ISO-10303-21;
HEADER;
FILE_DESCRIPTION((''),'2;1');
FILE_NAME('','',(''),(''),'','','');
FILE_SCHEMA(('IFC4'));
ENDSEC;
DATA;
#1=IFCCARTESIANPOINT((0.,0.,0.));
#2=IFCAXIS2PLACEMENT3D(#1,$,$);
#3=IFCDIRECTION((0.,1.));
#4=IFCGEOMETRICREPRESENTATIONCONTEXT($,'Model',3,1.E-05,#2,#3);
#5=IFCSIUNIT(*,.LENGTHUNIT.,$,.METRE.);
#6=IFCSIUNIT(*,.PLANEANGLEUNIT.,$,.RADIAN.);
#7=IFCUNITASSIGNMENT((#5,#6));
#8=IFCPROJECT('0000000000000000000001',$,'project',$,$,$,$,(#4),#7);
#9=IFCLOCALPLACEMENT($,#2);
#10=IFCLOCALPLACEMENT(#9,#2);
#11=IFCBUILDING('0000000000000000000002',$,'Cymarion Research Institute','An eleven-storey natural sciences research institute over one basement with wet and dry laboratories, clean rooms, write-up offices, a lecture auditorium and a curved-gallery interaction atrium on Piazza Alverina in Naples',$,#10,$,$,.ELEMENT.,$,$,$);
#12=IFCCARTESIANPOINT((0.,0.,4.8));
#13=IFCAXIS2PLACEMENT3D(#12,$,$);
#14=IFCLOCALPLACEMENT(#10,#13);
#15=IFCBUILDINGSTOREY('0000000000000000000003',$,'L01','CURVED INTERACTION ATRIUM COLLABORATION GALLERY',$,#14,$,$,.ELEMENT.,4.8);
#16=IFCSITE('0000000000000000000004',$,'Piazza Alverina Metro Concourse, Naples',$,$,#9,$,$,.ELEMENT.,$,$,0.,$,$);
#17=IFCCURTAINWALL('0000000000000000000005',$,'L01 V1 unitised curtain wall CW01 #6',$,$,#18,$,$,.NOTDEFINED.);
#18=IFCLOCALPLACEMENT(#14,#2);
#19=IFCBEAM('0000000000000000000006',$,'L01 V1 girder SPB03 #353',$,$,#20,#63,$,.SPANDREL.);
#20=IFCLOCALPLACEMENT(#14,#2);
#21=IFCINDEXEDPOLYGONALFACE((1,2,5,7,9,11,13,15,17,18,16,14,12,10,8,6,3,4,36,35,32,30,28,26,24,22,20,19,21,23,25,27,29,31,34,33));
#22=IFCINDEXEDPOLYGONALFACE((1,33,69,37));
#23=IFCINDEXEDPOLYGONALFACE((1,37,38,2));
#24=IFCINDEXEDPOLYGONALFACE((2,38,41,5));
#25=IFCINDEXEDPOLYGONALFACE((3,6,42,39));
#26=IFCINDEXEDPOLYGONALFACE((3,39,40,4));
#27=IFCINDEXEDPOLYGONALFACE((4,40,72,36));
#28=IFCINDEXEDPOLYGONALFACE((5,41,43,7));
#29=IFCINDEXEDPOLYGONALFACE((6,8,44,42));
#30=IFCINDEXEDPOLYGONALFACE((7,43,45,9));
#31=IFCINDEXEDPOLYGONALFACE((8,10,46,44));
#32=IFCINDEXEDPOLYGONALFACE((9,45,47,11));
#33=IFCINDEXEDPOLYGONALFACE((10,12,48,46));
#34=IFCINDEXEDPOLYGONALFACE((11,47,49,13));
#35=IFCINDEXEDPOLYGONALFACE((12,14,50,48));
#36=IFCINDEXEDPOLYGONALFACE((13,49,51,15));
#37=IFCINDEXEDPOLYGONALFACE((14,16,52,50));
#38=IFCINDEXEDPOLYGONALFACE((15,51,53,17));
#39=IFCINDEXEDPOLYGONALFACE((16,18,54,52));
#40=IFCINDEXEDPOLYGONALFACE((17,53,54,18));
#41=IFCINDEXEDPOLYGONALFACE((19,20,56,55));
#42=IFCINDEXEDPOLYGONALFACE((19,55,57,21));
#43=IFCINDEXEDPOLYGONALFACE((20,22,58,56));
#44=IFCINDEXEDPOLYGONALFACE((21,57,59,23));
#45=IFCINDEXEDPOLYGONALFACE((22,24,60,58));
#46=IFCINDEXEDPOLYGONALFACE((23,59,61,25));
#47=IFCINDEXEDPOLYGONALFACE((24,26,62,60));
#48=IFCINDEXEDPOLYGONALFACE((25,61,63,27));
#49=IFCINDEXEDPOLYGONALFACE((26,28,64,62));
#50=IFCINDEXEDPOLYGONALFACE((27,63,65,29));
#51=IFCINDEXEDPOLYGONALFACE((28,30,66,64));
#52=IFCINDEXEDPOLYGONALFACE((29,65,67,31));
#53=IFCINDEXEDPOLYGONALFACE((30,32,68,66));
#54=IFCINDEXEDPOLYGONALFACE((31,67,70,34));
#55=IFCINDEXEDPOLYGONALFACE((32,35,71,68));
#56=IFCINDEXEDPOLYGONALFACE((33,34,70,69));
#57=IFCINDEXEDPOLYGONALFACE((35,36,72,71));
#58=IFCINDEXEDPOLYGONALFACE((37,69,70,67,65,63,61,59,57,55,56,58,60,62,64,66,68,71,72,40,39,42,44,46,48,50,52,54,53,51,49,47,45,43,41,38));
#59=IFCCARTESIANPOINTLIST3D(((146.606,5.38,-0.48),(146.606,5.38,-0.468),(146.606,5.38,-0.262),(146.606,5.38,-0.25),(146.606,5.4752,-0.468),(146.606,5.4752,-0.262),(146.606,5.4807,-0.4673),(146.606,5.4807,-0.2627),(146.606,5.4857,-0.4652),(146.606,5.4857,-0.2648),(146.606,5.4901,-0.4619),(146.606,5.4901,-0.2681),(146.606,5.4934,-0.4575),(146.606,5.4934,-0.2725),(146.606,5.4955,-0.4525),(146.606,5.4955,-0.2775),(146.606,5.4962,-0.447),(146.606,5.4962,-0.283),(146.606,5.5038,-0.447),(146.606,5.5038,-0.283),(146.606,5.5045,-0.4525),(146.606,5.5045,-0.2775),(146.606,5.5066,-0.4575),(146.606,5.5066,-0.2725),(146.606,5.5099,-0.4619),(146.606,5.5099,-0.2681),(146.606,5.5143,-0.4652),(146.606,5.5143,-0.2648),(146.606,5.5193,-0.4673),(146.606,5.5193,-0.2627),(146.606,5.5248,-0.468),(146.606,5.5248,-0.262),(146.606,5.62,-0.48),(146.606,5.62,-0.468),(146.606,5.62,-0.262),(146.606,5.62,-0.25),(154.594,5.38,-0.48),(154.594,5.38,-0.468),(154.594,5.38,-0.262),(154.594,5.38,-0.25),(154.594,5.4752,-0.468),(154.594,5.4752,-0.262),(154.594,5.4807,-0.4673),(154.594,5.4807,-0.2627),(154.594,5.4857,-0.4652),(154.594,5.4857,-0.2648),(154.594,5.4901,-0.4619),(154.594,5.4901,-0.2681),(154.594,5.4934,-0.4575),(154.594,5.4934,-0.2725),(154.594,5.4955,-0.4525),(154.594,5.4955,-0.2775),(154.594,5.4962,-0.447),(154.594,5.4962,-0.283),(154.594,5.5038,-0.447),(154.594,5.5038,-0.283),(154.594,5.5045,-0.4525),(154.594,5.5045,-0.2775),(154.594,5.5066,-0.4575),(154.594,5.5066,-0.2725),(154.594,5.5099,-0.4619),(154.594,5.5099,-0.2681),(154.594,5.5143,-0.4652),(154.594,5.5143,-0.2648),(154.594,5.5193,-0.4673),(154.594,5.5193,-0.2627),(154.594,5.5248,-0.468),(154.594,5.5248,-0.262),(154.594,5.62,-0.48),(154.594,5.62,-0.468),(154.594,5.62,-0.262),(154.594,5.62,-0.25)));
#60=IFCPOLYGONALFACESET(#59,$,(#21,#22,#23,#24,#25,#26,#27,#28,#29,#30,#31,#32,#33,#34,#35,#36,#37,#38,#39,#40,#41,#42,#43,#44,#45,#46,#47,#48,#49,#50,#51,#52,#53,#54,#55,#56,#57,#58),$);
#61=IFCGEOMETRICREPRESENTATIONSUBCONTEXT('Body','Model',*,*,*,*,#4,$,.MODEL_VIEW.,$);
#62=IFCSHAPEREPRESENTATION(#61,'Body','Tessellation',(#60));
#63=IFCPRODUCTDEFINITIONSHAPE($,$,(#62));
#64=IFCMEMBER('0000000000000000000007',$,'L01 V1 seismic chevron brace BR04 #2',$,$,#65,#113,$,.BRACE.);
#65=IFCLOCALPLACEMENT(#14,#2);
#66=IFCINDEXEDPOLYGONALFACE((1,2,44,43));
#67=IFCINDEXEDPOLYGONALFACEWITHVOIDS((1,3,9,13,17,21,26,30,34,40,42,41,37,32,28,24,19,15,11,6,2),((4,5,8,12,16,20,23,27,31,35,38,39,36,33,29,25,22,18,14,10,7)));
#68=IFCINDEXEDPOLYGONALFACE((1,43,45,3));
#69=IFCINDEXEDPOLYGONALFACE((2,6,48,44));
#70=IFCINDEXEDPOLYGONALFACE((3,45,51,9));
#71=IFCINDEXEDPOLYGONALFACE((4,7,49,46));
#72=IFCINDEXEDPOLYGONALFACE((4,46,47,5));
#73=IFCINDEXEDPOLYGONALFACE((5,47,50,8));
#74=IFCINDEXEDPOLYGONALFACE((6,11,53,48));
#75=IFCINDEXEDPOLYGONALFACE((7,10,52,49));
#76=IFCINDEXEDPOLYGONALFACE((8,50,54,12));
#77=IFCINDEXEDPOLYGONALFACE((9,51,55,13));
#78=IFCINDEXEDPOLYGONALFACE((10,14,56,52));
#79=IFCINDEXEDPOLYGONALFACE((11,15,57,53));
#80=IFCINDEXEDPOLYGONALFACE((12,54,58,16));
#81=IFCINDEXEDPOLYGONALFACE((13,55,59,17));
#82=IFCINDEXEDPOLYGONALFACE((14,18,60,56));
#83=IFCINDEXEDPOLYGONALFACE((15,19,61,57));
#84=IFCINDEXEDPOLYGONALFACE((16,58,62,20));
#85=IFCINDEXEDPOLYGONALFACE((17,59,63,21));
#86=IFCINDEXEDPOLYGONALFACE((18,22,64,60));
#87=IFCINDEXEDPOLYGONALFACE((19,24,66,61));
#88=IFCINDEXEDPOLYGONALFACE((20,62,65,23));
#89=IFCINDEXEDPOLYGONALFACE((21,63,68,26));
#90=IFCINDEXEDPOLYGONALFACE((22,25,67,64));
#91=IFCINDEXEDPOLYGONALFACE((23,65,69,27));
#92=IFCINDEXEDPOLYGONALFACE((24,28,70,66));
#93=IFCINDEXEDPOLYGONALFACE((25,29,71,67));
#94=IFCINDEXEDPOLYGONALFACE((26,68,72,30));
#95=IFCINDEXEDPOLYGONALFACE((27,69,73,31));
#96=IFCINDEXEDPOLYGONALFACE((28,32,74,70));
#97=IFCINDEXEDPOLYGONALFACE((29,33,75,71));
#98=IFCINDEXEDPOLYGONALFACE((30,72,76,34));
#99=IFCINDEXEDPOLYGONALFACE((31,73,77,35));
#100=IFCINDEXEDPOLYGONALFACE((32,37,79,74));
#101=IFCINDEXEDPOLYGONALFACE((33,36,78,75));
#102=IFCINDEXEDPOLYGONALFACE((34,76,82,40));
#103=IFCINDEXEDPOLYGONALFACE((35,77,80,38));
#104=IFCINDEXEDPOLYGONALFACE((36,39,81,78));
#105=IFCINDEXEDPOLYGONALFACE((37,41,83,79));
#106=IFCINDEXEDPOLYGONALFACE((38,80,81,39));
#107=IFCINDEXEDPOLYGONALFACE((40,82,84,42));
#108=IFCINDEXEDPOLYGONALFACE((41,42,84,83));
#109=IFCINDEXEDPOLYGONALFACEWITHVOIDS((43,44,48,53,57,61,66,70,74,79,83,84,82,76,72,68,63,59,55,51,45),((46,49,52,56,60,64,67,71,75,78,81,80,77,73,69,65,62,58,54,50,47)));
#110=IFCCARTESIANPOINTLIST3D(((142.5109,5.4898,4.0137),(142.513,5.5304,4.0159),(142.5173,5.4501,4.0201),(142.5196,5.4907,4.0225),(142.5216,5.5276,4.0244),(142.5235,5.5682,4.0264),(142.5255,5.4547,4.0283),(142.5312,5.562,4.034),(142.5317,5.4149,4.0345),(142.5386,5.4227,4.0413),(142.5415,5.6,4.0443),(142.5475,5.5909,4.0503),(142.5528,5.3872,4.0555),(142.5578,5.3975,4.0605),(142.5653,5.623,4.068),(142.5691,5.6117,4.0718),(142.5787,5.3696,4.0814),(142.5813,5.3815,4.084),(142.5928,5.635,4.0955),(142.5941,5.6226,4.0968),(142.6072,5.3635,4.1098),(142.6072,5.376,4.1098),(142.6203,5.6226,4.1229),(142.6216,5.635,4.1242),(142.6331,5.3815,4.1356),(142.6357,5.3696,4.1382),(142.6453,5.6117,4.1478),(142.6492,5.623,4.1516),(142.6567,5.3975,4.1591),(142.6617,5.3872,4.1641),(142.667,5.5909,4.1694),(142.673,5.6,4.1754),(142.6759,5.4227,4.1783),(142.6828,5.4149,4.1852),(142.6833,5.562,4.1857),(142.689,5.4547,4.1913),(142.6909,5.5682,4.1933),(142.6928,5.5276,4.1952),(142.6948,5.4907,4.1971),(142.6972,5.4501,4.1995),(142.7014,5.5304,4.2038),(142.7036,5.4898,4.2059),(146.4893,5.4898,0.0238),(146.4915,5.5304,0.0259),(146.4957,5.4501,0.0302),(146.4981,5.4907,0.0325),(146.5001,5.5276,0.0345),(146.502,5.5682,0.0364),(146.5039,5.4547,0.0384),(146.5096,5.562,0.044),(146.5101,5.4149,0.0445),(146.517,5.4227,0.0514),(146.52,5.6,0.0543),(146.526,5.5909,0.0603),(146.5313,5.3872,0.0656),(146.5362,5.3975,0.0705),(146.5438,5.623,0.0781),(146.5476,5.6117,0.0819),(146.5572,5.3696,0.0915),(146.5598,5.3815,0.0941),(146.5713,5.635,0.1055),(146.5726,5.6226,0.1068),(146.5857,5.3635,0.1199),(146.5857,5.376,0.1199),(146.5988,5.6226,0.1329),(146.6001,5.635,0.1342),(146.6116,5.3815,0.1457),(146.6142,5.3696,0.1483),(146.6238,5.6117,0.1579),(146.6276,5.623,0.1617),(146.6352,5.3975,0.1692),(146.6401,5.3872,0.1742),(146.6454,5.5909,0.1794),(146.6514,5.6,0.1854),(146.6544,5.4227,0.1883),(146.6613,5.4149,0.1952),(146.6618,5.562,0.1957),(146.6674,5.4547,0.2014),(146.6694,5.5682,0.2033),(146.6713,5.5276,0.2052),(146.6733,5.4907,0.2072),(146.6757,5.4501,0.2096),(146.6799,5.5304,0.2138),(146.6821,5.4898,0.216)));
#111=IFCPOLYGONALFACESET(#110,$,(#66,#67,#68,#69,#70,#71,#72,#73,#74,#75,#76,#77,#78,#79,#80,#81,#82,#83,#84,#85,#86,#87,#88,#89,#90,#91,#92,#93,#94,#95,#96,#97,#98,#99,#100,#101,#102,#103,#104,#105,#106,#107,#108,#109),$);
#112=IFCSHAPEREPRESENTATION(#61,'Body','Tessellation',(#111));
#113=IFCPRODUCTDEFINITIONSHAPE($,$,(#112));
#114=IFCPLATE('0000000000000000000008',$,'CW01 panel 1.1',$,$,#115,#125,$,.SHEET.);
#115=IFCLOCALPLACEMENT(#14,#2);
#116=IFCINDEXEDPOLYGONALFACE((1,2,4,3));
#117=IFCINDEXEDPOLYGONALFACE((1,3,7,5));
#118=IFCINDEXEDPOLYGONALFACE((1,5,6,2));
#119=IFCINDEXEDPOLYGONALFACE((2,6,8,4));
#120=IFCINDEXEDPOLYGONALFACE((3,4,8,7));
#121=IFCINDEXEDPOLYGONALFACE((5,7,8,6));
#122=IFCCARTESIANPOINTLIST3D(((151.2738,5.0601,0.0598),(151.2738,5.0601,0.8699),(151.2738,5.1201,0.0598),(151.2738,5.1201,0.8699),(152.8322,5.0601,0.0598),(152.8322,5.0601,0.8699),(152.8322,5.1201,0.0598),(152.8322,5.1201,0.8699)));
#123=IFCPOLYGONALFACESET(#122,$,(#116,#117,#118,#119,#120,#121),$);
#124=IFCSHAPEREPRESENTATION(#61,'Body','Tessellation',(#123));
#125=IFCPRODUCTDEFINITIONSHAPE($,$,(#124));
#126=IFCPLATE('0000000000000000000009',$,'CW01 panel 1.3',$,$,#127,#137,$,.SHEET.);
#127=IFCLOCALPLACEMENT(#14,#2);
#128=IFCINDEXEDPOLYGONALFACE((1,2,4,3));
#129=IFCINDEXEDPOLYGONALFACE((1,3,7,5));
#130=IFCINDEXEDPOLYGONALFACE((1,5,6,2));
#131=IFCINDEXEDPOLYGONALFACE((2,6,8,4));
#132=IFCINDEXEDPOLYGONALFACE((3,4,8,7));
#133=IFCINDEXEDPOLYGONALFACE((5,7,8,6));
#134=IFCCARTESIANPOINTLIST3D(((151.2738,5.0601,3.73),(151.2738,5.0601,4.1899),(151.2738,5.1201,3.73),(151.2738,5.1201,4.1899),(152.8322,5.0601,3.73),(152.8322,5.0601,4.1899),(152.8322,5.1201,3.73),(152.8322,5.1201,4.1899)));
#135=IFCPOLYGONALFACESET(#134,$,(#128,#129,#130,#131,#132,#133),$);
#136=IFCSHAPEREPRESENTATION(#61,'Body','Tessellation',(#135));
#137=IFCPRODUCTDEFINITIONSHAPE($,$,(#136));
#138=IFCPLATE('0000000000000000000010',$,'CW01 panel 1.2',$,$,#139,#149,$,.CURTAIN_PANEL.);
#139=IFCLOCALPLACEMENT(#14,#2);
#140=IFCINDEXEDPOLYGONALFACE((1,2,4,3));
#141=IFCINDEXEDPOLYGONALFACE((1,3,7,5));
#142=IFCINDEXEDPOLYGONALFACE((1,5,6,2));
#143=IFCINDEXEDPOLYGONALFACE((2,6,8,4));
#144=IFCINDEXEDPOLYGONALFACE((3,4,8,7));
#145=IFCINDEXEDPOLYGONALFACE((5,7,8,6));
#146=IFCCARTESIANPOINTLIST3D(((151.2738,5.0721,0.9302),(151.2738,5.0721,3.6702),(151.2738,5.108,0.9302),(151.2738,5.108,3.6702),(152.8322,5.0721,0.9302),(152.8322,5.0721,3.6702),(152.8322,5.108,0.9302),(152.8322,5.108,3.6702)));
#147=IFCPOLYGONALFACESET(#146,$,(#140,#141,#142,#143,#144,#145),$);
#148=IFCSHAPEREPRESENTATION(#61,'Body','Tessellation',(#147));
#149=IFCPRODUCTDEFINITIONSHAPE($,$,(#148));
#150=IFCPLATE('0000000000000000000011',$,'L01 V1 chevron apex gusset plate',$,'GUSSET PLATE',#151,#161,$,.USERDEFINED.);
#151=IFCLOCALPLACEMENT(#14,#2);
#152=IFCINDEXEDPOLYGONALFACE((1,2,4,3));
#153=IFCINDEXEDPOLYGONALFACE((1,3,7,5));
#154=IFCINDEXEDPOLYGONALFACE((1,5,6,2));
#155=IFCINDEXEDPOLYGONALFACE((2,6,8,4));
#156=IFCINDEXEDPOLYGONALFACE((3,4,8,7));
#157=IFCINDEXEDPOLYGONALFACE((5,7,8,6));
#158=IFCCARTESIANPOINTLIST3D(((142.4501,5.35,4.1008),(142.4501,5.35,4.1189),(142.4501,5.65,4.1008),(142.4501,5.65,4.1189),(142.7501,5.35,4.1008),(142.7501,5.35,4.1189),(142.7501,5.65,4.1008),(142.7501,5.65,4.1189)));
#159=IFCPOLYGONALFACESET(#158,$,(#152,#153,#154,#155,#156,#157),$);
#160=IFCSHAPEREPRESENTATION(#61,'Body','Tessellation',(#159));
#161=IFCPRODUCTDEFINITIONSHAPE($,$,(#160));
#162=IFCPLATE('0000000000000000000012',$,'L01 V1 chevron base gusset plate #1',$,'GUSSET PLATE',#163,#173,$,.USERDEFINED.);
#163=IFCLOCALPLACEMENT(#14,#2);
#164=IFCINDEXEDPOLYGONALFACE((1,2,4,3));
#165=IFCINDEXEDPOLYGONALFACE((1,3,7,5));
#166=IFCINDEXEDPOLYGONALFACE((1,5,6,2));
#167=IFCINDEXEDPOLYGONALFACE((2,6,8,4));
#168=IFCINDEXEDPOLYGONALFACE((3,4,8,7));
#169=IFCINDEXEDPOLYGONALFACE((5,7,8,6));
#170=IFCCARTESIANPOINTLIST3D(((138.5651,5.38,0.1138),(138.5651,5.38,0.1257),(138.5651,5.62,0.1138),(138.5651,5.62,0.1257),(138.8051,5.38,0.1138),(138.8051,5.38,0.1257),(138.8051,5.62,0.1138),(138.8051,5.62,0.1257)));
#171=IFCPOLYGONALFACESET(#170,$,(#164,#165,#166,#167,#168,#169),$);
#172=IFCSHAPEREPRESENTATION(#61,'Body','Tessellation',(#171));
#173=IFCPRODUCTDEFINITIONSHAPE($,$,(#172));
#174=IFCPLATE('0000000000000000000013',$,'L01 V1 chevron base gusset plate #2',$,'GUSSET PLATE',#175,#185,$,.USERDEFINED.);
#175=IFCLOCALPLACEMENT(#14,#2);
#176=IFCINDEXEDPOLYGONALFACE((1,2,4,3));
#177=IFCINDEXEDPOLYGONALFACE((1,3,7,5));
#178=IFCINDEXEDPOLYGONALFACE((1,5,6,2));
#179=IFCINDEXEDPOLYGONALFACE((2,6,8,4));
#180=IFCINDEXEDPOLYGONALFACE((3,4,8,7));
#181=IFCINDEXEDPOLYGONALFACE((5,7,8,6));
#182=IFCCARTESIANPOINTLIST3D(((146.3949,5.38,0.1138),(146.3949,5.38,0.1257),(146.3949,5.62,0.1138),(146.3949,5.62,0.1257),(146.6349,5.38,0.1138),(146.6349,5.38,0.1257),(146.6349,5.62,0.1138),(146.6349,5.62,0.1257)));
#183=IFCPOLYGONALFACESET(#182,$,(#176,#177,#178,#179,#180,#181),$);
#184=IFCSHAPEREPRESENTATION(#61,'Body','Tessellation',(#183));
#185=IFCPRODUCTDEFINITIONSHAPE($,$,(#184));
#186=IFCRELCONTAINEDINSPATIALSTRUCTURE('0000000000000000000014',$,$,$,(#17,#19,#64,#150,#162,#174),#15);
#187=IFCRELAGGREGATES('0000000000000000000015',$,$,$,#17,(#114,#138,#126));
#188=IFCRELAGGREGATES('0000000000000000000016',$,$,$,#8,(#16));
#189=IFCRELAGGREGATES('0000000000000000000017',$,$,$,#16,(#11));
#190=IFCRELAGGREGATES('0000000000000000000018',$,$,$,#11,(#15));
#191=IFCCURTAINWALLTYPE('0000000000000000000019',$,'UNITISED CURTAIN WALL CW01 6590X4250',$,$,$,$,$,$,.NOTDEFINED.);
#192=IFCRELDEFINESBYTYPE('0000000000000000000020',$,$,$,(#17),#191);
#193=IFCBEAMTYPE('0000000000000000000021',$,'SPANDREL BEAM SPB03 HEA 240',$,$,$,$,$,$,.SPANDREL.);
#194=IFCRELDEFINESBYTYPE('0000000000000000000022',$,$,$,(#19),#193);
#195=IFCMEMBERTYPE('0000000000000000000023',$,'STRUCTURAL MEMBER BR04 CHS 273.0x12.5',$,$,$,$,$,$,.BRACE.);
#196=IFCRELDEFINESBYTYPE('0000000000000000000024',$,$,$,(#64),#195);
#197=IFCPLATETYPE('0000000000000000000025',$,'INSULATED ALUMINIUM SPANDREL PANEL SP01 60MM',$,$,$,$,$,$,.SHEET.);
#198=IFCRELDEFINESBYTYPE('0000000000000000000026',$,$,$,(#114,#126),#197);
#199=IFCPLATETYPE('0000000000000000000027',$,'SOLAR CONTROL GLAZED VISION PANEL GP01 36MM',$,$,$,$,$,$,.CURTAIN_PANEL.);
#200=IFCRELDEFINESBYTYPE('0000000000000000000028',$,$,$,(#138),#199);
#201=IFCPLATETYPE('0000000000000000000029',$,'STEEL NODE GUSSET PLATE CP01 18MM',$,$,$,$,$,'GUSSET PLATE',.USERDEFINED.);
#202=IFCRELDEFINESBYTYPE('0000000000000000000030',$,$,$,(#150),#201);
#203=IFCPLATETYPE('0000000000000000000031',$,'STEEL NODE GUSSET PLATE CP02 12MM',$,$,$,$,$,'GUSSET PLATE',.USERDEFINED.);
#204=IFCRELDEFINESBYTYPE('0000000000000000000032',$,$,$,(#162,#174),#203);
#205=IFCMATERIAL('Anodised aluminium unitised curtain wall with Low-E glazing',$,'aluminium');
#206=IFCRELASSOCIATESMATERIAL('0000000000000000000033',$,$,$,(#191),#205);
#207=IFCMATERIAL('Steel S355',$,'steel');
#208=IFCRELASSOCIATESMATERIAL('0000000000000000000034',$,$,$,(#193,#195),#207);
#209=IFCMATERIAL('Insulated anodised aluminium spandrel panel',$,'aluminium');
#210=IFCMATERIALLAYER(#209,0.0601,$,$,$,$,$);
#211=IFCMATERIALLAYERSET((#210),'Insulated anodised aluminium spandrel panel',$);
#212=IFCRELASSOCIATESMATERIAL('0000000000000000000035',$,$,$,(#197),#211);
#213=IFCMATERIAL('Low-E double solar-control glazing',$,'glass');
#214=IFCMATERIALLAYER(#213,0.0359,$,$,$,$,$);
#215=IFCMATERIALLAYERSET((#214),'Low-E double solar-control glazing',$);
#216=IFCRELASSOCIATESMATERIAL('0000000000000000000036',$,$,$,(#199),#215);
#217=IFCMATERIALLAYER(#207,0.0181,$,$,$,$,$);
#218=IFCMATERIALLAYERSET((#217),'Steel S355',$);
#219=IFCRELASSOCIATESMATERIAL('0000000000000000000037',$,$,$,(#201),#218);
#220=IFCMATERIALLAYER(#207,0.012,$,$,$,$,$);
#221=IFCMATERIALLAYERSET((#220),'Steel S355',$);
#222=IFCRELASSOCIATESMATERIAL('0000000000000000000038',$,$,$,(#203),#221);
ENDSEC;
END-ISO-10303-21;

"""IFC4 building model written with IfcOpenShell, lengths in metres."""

from ifc_helpers import new_model, si_unit, direction, frame, origin, origin_2d, place, context, subcontext, project, spatial, rectangle, hollow_circle, i_section, extrude, material, layer, layer_set, material_profile, profile_set, type_object, element, aggregate, save


model = new_model("IFC4")

# Units and contexts
model_context = context("Model", 3, precision=1e-05, world=origin(), true_north=direction((0.0, 1.0)))
body_context = subcontext(model_context, "Body", "Model", "MODEL_VIEW")
ifc_project = project(units=[si_unit("LENGTHUNIT", "METRE"), si_unit("PLANEANGLEUNIT", "RADIAN")], contexts=[model_context])

# Site, building, storey
site_placement = place(None, origin())
site = spatial("IfcSite", under=ifc_project, at=site_placement, Name="Piazza Alverina Metro Concourse, Naples", CompositionType="ELEMENT", RefElevation=0.0)
building_placement = place(site_placement, origin())
building = spatial("IfcBuilding", under=site, at=building_placement, Name="Cymarion Research Institute", Description="An eleven-storey natural sciences research institute over one basement with wet and dry laboratories, clean rooms, write-up offices, a lecture auditorium and a curved-gallery interaction atrium on Piazza Alverina in Naples", CompositionType="ELEMENT")
storey_placement = place(building_placement, frame((0.0, 0.0, 4.8)))
storey = spatial("IfcBuildingStorey", under=building, at=storey_placement, Name="L01", Description="CURVED INTERACTION ATRIUM COLLABORATION GALLERY", CompositionType="ELEMENT", Elevation=4.8)

# Shared definitions
ifc_material_1 = material(Name="Steel S355", Category="steel")

# Curtain wall
ifc_material_2 = material(Name="Anodised aluminium unitised curtain wall with Low-E glazing", Category="aluminium")
curtain_wall_type = type_object("IfcCurtainWallType", Name="UNITISED CURTAIN WALL CW01 6590X4250", PredefinedType="NOTDEFINED", material=ifc_material_2)
curtain_wall_placement = place(storey_placement, origin())
curtain_wall = element("IfcCurtainWall", 1, at=curtain_wall_placement, inside=storey, type_object=curtain_wall_type, Name="L01 V1 unitised curtain wall CW01 #6", PredefinedType="NOTDEFINED")

# Beam
ifc_material_profile_1 = material_profile(ifc_material_1, i_section(OverallWidth=0.24, OverallDepth=0.23, WebThickness=0.0076, FlangeThickness=0.012, FilletRadius=0.021, at=origin_2d()), Name="HEA 240")
ifc_profile_set_1 = profile_set([ifc_material_profile_1], Name="Steel S355")
beam_type_1 = type_object("IfcBeamType", Name="SPANDREL BEAM SPB03 HEA 240", PredefinedType="SPANDREL", material=ifc_profile_set_1)
beam_1_placement = place(storey_placement, frame((146.606, 5.5, -0.365), z_axis=(1.0, 0.0, 0.0), x_axis=(0.0, 1.0, 0.0)))
element("IfcBeam", 2, at=beam_1_placement, inside=storey, type_object=beam_type_1, Name="L01 V1 girder SPB03 #353", PredefinedType="SPANDREL", context=body_context, shape_type="SweptSolid", body=[
    extrude(i_section(OverallWidth=0.24, OverallDepth=0.23, WebThickness=0.0076, FlangeThickness=0.012, FilletRadius=0.021, at=origin_2d()), origin(), (0.0, 0.0, 1.0), 7.988),
])

# Member
ifc_material_profile_2 = material_profile(ifc_material_1, hollow_circle(Radius=0.1365, WallThickness=0.0125, at=origin_2d()), Name="CHS 273.0x12.5")
ifc_profile_set_2 = profile_set([ifc_material_profile_2], Name="Steel S355")
member_type_1 = type_object("IfcMemberType", Name="STRUCTURAL MEMBER BR04 CHS 273.0x12.5", PredefinedType="BRACE", material=ifc_profile_set_2)
member_1_placement = place(storey_placement, frame((146.5857, 5.5, 0.1199), z_axis=(-0.706088, 0.0, 0.708124), x_axis=(0.0, -1.0, 0.0)))
element("IfcMember", 3, at=member_1_placement, inside=storey, type_object=member_type_1, Name="L01 V1 seismic chevron brace BR04 #2", PredefinedType="BRACE", context=body_context, shape_type="SweptSolid", body=[
    extrude(hollow_circle(Radius=0.1365, WallThickness=0.0125, at=origin_2d()), origin(), (0.0, 0.0, 1.0), 5.6345),
])

# Plates
ifc_material_3 = material(Name="Insulated anodised aluminium spandrel panel", Category="aluminium")
ifc_layer_1 = layer(ifc_material_3, 0.0601)
ifc_layer_set_1 = layer_set([ifc_layer_1], Name="Insulated anodised aluminium spandrel panel")
plate_type_1 = type_object("IfcPlateType", Name="INSULATED ALUMINIUM SPANDREL PANEL SP01 60MM", PredefinedType="SHEET", material=ifc_layer_set_1)
plate_1_placement = place(storey_placement, frame((152.053, 5.0901, 0.0598), z_axis=(0.0, 0.0, 1.0), x_axis=(1.0, 0.0, 0.0)))
plate_1 = element("IfcPlate", 4, at=plate_1_placement, type_object=plate_type_1, Name="CW01 panel 1.1", PredefinedType="SHEET", context=body_context, shape_type="SweptSolid", body=[
    extrude(rectangle(XDim=1.5583, YDim=0.0601, at=origin_2d()), origin(), (0.0, 0.0, 1.0), 0.8101),
])
plate_2_placement = place(storey_placement, frame((152.053, 5.0901, 3.73), z_axis=(0.0, 0.0, 1.0), x_axis=(1.0, 0.0, 0.0)))
plate_2 = element("IfcPlate", 5, at=plate_2_placement, type_object=plate_type_1, Name="CW01 panel 1.3", PredefinedType="SHEET", context=body_context, shape_type="SweptSolid", body=[
    extrude(rectangle(XDim=1.5583, YDim=0.0601, at=origin_2d()), origin(), (0.0, 0.0, 1.0), 0.46),
])
ifc_material_4 = material(Name="Low-E double solar-control glazing", Category="glass")
ifc_layer_2 = layer(ifc_material_4, 0.0359)
ifc_layer_set_2 = layer_set([ifc_layer_2], Name="Low-E double solar-control glazing")
plate_type_2 = type_object("IfcPlateType", Name="SOLAR CONTROL GLAZED VISION PANEL GP01 36MM", PredefinedType="CURTAIN_PANEL", material=ifc_layer_set_2)
plate_3_placement = place(storey_placement, frame((152.053, 5.0901, 0.9302), z_axis=(0.0, 0.0, 1.0), x_axis=(1.0, 0.0, 0.0)))
plate_3 = element("IfcPlate", 6, at=plate_3_placement, type_object=plate_type_2, Name="CW01 panel 1.2", PredefinedType="CURTAIN_PANEL", context=body_context, shape_type="SweptSolid", body=[
    extrude(rectangle(XDim=1.5583, YDim=0.0359, at=origin_2d()), origin(), (0.0, 0.0, 1.0), 2.74),
])
aggregate(curtain_wall, [plate_1, plate_3, plate_2])

# Plates
ifc_layer_3 = layer(ifc_material_1, 0.0181)
ifc_layer_set_3 = layer_set([ifc_layer_3], Name="Steel S355")
plate_type_3 = type_object("IfcPlateType", Name="STEEL NODE GUSSET PLATE CP01 18MM", ElementType="GUSSET PLATE", PredefinedType="USERDEFINED", material=ifc_layer_set_3)
plate_4_placement = place(storey_placement, frame((142.6001, 5.5, 4.1008), z_axis=(0.0, 0.0, 1.0), x_axis=(1.0, 0.0, 0.0)))
element("IfcPlate", 7, at=plate_4_placement, inside=storey, type_object=plate_type_3, Name="L01 V1 chevron apex gusset plate", ObjectType="GUSSET PLATE", PredefinedType="USERDEFINED", context=body_context, shape_type="SweptSolid", body=[
    extrude(rectangle(XDim=0.3, YDim=0.3, at=origin_2d()), origin(), (0.0, 0.0, 1.0), 0.0181),
])
ifc_layer_4 = layer(ifc_material_1, 0.012)
ifc_layer_set_4 = layer_set([ifc_layer_4], Name="Steel S355")
plate_type_4 = type_object("IfcPlateType", Name="STEEL NODE GUSSET PLATE CP02 12MM", ElementType="GUSSET PLATE", PredefinedType="USERDEFINED", material=ifc_layer_set_4)
for number, where, z_axis, x_axis, name in (
    (8, (138.6851, 5.5, 0.1138), (0.0, 0.0, 1.0), (1.0, 0.0, 0.0), "L01 V1 chevron base gusset plate #1"),
    (9, (146.5149, 5.5, 0.1138), (0.0, 0.0, 1.0), (1.0, 0.0, 0.0), "L01 V1 chevron base gusset plate #2"),
):
    element("IfcPlate", number, at=place(storey_placement, frame(where, z_axis=z_axis, x_axis=x_axis)), inside=storey, type_object=plate_type_4, Name=name, ObjectType="GUSSET PLATE", PredefinedType="USERDEFINED", context=body_context, shape_type="SweptSolid", body=[
        extrude(rectangle(XDim=0.24, YDim=0.24, at=origin_2d()), origin(), (0.0, 0.0, 1.0), 0.012),
    ])

save(model, "model.ifc")
